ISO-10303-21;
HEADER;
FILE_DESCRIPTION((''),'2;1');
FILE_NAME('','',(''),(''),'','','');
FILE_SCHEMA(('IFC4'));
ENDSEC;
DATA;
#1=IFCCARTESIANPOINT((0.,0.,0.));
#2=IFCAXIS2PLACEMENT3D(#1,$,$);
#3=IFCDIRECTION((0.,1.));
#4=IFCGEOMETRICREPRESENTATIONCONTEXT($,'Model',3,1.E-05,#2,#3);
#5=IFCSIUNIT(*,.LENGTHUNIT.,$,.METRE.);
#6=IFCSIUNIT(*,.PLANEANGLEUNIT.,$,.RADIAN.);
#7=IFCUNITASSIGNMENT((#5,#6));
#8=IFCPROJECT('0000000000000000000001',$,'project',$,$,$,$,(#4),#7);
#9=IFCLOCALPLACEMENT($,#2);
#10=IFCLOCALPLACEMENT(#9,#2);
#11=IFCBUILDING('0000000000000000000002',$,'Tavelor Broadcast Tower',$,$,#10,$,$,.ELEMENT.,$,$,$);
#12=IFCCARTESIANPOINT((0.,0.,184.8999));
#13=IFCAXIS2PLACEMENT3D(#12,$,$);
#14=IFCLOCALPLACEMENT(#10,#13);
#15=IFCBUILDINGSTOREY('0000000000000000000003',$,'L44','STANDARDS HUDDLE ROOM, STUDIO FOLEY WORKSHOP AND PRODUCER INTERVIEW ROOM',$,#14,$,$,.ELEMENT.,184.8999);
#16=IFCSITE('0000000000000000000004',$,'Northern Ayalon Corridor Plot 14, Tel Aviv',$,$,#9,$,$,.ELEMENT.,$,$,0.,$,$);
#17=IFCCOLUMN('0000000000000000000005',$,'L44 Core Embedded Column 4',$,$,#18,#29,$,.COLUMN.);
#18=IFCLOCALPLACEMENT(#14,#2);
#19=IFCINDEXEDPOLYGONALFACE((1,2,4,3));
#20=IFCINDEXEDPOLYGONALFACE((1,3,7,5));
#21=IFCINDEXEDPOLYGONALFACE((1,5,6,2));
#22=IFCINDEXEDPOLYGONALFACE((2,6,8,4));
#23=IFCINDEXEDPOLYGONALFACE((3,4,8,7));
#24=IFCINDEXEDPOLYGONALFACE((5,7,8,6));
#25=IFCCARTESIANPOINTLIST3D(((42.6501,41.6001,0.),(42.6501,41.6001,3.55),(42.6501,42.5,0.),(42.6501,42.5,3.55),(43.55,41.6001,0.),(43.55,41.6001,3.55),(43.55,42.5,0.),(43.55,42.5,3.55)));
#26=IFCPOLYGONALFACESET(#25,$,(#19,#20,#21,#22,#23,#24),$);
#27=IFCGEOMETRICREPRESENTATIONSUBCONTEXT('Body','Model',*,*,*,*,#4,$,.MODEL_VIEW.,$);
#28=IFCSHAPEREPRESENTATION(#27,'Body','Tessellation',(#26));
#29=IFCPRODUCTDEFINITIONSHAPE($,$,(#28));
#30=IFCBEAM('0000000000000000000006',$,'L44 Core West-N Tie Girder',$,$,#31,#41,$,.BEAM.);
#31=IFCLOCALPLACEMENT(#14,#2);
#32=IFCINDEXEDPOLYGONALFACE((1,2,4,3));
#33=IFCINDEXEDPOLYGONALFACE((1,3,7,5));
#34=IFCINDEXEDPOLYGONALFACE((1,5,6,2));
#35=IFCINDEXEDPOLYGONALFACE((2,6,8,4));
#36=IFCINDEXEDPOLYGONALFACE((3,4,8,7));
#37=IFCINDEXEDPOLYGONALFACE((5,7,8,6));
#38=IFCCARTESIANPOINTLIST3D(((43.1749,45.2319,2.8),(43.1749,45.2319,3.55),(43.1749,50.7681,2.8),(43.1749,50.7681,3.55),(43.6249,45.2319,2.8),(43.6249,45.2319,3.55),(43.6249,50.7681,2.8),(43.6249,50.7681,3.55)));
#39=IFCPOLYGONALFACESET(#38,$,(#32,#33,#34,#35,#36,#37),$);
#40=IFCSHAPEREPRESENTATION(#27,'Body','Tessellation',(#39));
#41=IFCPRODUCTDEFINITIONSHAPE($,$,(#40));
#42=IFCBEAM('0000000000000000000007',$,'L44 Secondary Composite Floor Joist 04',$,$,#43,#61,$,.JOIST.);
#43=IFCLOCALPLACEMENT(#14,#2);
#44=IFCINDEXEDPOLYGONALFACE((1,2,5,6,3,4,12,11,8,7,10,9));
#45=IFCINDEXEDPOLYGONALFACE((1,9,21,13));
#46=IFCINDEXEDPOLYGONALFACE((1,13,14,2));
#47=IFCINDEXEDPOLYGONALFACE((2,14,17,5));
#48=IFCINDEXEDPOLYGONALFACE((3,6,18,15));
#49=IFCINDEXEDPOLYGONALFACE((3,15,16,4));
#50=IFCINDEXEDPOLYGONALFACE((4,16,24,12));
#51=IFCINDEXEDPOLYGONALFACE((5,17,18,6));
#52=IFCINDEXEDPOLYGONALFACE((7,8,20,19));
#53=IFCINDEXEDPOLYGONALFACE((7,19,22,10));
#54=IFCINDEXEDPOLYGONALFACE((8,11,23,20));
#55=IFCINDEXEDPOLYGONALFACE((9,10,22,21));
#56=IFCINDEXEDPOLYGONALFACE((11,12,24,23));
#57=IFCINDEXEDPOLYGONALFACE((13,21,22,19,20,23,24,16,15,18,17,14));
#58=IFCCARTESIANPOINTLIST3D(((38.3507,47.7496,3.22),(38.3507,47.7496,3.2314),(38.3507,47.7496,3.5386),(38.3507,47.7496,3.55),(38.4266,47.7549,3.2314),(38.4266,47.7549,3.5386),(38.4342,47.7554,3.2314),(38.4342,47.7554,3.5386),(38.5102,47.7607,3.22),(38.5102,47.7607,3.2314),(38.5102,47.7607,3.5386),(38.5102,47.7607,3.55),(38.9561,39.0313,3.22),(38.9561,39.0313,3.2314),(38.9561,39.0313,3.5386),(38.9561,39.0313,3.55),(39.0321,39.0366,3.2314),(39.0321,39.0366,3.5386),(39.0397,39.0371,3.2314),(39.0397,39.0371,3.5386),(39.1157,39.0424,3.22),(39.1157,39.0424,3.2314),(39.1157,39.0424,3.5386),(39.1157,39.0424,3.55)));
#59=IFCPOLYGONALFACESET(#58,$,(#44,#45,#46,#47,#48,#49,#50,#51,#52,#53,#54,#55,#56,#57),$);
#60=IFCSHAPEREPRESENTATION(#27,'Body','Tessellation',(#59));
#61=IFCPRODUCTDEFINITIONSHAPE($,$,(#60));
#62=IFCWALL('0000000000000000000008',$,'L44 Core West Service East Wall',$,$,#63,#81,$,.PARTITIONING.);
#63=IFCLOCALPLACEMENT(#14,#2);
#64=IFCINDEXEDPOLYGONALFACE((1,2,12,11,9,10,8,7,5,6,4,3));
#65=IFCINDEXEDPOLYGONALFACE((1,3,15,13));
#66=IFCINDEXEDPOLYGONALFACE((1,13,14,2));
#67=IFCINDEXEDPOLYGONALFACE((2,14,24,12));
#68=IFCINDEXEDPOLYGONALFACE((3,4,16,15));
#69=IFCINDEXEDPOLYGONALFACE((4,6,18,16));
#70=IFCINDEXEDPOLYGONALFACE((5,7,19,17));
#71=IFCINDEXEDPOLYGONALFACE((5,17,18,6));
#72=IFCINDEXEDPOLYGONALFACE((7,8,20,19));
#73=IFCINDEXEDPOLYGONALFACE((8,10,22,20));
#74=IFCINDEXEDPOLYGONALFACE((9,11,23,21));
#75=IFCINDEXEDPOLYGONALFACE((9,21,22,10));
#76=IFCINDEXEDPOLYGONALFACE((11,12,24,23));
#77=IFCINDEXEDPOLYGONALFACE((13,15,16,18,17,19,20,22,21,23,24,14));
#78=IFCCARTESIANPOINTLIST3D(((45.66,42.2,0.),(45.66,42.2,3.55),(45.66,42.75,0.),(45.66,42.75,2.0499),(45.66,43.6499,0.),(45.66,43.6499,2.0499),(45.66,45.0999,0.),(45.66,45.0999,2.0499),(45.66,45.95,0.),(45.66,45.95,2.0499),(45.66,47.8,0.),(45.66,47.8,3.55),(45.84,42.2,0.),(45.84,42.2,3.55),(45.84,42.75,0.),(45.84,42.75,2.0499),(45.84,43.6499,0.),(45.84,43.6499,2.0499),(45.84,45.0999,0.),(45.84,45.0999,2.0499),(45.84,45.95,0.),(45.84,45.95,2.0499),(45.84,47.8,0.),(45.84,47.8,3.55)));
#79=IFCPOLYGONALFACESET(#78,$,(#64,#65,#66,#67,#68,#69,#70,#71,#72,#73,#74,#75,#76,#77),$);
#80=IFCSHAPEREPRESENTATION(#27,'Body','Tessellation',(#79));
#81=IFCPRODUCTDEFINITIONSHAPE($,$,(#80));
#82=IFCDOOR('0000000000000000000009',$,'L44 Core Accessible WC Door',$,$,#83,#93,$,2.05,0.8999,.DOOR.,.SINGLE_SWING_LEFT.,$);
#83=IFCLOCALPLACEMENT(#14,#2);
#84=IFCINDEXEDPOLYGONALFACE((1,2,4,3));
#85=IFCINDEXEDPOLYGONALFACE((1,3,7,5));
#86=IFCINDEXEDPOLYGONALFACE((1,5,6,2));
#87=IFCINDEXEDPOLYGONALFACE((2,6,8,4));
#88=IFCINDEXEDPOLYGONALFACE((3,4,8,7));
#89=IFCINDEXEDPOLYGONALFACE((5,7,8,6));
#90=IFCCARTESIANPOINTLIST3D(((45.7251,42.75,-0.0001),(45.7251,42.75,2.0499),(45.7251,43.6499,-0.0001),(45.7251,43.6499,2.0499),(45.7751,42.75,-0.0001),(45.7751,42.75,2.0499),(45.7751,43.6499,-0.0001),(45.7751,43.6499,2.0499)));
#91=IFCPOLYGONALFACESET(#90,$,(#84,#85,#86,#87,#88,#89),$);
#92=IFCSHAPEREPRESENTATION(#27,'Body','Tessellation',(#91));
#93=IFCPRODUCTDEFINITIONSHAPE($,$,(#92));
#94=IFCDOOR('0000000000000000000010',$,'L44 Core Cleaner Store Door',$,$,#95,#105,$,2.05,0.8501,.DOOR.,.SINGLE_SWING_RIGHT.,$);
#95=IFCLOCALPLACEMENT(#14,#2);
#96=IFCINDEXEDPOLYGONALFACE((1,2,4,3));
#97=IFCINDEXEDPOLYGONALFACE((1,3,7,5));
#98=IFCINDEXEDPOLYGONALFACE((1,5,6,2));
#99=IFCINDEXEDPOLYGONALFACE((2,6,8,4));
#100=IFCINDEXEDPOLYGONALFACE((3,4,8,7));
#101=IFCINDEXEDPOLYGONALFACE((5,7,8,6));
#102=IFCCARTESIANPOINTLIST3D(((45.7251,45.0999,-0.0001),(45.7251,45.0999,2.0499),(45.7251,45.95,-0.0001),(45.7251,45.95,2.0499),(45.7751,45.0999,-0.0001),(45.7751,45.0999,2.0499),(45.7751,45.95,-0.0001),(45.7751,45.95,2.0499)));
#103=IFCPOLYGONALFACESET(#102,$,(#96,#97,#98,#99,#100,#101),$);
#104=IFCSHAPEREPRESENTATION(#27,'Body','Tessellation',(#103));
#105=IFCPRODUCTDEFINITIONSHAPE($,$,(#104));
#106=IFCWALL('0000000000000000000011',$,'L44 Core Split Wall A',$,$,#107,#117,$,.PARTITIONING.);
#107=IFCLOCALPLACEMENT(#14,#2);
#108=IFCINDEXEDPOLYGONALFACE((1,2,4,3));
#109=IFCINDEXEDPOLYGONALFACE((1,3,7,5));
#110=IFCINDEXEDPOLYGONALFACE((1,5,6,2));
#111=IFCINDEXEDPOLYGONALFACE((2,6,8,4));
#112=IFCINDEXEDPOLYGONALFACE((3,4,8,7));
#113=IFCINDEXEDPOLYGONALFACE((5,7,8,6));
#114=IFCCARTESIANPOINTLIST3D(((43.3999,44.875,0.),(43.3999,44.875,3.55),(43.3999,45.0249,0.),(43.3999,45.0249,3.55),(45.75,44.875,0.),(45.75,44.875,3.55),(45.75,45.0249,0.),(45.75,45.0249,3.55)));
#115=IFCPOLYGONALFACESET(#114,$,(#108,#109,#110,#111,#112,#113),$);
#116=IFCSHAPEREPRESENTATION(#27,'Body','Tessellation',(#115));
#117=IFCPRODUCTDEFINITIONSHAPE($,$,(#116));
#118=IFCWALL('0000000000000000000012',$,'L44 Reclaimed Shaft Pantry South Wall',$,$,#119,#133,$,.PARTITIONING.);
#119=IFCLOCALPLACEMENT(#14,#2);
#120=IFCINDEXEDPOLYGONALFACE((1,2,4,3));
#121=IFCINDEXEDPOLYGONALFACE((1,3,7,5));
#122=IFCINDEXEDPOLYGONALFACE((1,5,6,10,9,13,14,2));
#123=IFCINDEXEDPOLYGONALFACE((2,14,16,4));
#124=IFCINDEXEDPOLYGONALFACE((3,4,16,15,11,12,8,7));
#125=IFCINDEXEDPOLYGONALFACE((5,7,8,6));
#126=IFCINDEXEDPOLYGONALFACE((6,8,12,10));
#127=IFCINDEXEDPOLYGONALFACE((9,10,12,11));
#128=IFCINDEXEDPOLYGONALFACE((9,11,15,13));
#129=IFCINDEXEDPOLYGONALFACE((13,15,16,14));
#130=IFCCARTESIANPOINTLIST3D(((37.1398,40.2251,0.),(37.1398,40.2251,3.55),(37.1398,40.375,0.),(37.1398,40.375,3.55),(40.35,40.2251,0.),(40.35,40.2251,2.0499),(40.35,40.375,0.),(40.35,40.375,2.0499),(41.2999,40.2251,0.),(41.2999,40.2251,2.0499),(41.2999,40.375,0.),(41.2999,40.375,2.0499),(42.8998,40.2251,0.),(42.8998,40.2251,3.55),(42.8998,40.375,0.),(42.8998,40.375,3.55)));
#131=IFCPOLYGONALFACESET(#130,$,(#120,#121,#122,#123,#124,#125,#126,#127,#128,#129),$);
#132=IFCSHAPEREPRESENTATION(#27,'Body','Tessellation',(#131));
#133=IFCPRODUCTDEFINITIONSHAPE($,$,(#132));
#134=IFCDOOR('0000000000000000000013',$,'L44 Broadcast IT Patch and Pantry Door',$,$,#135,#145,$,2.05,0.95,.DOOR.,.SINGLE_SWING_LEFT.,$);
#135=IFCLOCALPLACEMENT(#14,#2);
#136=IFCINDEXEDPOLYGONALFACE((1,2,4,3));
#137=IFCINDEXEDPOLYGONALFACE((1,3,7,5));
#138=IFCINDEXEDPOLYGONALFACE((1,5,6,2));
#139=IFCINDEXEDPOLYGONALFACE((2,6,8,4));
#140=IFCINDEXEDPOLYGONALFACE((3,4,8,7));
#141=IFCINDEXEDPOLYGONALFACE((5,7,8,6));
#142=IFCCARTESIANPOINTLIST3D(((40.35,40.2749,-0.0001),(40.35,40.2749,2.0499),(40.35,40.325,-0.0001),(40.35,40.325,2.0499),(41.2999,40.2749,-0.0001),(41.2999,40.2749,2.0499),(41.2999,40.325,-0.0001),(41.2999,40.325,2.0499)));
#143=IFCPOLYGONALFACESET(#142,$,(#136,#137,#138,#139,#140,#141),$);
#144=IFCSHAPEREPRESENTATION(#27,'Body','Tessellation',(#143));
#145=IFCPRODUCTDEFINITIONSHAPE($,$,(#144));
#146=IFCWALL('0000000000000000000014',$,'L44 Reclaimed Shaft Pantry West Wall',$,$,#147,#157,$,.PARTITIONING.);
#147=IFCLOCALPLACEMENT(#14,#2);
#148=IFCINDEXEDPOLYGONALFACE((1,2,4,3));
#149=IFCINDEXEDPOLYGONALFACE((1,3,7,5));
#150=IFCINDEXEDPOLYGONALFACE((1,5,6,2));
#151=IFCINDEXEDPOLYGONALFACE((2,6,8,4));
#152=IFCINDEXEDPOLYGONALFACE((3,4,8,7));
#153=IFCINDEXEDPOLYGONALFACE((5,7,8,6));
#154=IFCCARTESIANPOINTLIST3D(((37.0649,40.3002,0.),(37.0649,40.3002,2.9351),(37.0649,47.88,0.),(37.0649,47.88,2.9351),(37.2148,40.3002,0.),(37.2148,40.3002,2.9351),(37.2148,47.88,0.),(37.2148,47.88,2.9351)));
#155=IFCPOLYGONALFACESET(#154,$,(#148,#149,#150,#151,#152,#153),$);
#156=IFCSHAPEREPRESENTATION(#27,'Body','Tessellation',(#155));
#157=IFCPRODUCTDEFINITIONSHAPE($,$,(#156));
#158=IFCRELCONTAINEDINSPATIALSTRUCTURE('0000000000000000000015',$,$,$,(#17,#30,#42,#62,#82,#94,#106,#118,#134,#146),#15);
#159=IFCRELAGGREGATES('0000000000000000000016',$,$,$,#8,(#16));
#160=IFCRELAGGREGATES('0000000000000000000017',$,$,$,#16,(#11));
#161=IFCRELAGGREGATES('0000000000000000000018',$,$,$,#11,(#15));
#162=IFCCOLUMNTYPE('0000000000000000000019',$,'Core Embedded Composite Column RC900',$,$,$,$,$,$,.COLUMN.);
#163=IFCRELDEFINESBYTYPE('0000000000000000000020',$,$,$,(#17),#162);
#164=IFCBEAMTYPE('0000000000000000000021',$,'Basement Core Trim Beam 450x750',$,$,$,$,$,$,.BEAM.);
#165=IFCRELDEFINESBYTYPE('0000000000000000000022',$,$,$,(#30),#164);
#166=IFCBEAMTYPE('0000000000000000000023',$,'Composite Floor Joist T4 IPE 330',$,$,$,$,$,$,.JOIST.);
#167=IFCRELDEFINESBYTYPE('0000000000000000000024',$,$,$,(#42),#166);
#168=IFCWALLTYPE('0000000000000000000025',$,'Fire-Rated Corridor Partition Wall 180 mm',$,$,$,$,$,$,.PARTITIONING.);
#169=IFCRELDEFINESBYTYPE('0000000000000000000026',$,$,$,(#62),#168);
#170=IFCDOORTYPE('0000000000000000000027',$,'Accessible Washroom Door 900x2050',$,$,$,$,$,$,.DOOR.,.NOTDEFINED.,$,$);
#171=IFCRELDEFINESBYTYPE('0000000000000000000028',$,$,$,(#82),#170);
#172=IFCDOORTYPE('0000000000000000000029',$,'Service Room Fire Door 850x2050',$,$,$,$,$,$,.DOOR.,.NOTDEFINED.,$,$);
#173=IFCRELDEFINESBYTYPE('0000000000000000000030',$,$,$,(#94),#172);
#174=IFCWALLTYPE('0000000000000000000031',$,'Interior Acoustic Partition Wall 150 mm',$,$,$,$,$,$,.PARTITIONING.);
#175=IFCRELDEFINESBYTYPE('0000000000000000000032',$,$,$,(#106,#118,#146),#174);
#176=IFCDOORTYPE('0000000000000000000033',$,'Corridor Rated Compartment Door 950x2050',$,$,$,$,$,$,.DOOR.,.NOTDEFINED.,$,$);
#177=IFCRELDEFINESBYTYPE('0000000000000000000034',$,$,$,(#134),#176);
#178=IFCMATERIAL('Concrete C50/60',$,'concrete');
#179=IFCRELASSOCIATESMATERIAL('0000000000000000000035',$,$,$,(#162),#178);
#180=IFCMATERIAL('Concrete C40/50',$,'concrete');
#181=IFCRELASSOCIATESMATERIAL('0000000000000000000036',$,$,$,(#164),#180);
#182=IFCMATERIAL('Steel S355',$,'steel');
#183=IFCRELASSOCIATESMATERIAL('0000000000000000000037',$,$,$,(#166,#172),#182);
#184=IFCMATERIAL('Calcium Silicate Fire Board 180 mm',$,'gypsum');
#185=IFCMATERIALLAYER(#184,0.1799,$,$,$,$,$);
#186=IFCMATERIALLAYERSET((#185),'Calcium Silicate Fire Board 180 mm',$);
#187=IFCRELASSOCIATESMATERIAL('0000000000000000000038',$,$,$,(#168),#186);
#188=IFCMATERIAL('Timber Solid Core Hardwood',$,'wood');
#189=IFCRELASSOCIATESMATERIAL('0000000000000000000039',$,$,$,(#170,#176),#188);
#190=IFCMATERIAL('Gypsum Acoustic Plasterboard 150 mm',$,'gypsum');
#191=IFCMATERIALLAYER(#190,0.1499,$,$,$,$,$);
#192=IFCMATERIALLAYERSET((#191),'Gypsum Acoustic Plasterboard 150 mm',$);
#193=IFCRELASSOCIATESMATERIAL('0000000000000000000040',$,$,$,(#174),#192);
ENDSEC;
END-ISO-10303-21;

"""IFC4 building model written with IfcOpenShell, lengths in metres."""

from ifc_helpers import new_model, si_unit, direction, frame, frame_2d, origin, origin_2d, place, context, subcontext, project, spatial, rectangle, i_section, extrude, material, layer, layer_set, material_profile, profile_set, type_object, element, fill, save


model = new_model("IFC4")

# Units and contexts
model_context = context("Model", 3, precision=1e-05, world=origin(), true_north=direction((0.0, 1.0)))
body_context = subcontext(model_context, "Body", "Model", "MODEL_VIEW")
ifc_project = project(units=[si_unit("LENGTHUNIT", "METRE"), si_unit("PLANEANGLEUNIT", "RADIAN")], contexts=[model_context])

# Site, building, storey
site_placement = place(None, origin())
site = spatial("IfcSite", under=ifc_project, at=site_placement, Name="Northern Ayalon Corridor Plot 14, Tel Aviv", CompositionType="ELEMENT", RefElevation=0.0)
building_placement = place(site_placement, origin())
building = spatial("IfcBuilding", under=site, at=building_placement, Name="Tavelor Broadcast Tower", CompositionType="ELEMENT")
storey_placement = place(building_placement, frame((0.0, 0.0, 184.8999)))
storey = spatial("IfcBuildingStorey", under=building, at=storey_placement, Name="L44", Description="STANDARDS HUDDLE ROOM, STUDIO FOLEY WORKSHOP AND PRODUCER INTERVIEW ROOM", CompositionType="ELEMENT", Elevation=184.8999)

# Column
ifc_material_1 = material(Name="Concrete C50/60", Category="concrete")
ifc_material_profile_1 = material_profile(ifc_material_1, rectangle(XDim=0.8999, YDim=0.8999, at=origin_2d()), Name="RC 900x900")
ifc_profile_set_1 = profile_set([ifc_material_profile_1], Name="Concrete C50/60")
column_type = type_object("IfcColumnType", Name="Core Embedded Composite Column RC900", PredefinedType="COLUMN", material=ifc_profile_set_1)
column_placement = place(storey_placement, frame((43.1001, 42.05, 0.0), z_axis=(0.0, 0.0, 1.0), x_axis=(1.0, 0.0, 0.0)))
element("IfcColumn", 1, at=column_placement, inside=storey, type_object=column_type, Name="L44 Core Embedded Column 4", PredefinedType="COLUMN", context=body_context, shape_type="SweptSolid", body=[
    extrude(rectangle(XDim=0.8999, YDim=0.8999, at=origin_2d()), origin(), (0.0, 0.0, 1.0), 3.55),
])

# Beams
ifc_material_2 = material(Name="Concrete C40/50", Category="concrete")
ifc_material_profile_2 = material_profile(ifc_material_2, rectangle(XDim=0.45, YDim=0.75, at=origin_2d()), Name="RC 450x750")
ifc_profile_set_2 = profile_set([ifc_material_profile_2], Name="Concrete C40/50")
beam_type_1 = type_object("IfcBeamType", Name="Basement Core Trim Beam 450x750", PredefinedType="BEAM", material=ifc_profile_set_2)
beam_1_placement = place(storey_placement, frame((43.3999, 45.2319, 3.175), z_axis=(0.0, 1.0, 0.0), x_axis=(-1.0, 0.0, 0.0)))
element("IfcBeam", 2, at=beam_1_placement, inside=storey, type_object=beam_type_1, Name="L44 Core West-N Tie Girder", PredefinedType="BEAM", context=body_context, shape_type="SweptSolid", body=[
    extrude(rectangle(XDim=0.45, YDim=0.75, at=origin_2d()), origin(), (0.0, 0.0, 1.0), 5.5361),
])
ifc_material_3 = material(Name="Steel S355", Category="steel")
ifc_material_profile_3 = material_profile(ifc_material_3, i_section(OverallWidth=0.1599, OverallDepth=0.3301, WebThickness=0.0076, FlangeThickness=0.0115, at=origin_2d()), Name="IPE 330")
ifc_profile_set_3 = profile_set([ifc_material_profile_3], Name="Steel S355")
beam_type_2 = type_object("IfcBeamType", Name="Composite Floor Joist T4 IPE 330", PredefinedType="JOIST", material=ifc_profile_set_3)
beam_2_placement = place(storey_placement, frame((38.4304, 47.7551, 3.385), z_axis=(0.069281, -0.997597, 0.0), x_axis=(0.997597, 0.069281, 0.0)))
element("IfcBeam", 3, at=beam_2_placement, inside=storey, type_object=beam_type_2, Name="L44 Secondary Composite Floor Joist 04", PredefinedType="JOIST", context=body_context, shape_type="SweptSolid", body=[
    extrude(i_section(OverallWidth=0.1599, OverallDepth=0.3301, WebThickness=0.0076, FlangeThickness=0.0115, at=origin_2d()), origin(), (0.0, 0.0, 1.0), 8.7393),
])

# Wall, openings, doors
ifc_material_4 = material(Name="Calcium Silicate Fire Board 180 mm", Category="gypsum")
ifc_layer_1 = layer(ifc_material_4, 0.1799)
ifc_layer_set_1 = layer_set([ifc_layer_1], Name="Calcium Silicate Fire Board 180 mm")
wall_type_1 = type_object("IfcWallType", Name="Fire-Rated Corridor Partition Wall 180 mm", PredefinedType="PARTITIONING", material=ifc_layer_set_1)
wall_1_placement = place(storey_placement, frame((45.75, 42.2, 0.0), z_axis=(0.0, 0.0, 1.0), x_axis=(0.0, 1.0, 0.0)))
wall_1 = element("IfcWall", 4, at=wall_1_placement, inside=storey, type_object=wall_type_1, Name="L44 Core West Service East Wall", PredefinedType="PARTITIONING", context=body_context, shape_type="SweptSolid", body=[
    extrude(rectangle(XDim=5.6001, YDim=0.1799, at=frame_2d((2.8, 0.0))), origin(), (0.0, 0.0, 1.0), 3.55),
])
opening_1_placement = place(wall_1_placement, frame((0.55, 0.0, 0.0)))
opening_1 = element("IfcOpeningElement", 5, at=opening_1_placement, cuts=wall_1, PredefinedType="OPENING", context=body_context, shape_type="SweptSolid", body=[
    extrude(rectangle(XDim=0.8999, YDim=2.05, at=frame_2d((0.45, 1.0249))), frame((0.0, 0.1001, 0.0), z_axis=(0.0, -1.0, 0.0), x_axis=(1.0, 0.0, 0.0)), (0.0, 0.0, 1.0), 0.2),
])
opening_2_placement = place(wall_1_placement, frame((2.8999, 0.0, 0.0)))
opening_2 = element("IfcOpeningElement", 6, at=opening_2_placement, cuts=wall_1, PredefinedType="OPENING", context=body_context, shape_type="SweptSolid", body=[
    extrude(rectangle(XDim=0.8501, YDim=2.05, at=frame_2d((0.425, 1.0249))), frame((0.0, 0.1001, 0.0), z_axis=(0.0, -1.0, 0.0), x_axis=(1.0, 0.0, 0.0)), (0.0, 0.0, 1.0), 0.2),
])
ifc_material_5 = material(Name="Timber Solid Core Hardwood", Category="wood")
door_type_1 = type_object("IfcDoorType", Name="Accessible Washroom Door 900x2050", OperationType="NOTDEFINED", PredefinedType="DOOR", material=ifc_material_5)
door_1_placement = place(opening_1_placement, origin())
door_1 = element("IfcDoor", 7, at=door_1_placement, inside=storey, type_object=door_type_1, Name="L44 Core Accessible WC Door", OperationType="SINGLE_SWING_LEFT", OverallHeight=2.05, OverallWidth=0.8999, PredefinedType="DOOR", context=body_context, shape_type="SweptSolid", body=[
    extrude(rectangle(XDim=0.8999, YDim=2.05, at=frame_2d((0.45, 1.0249))), frame((0.0, 0.0249, 0.0), z_axis=(0.0, -1.0, 0.0), x_axis=(1.0, 0.0, 0.0)), (0.0, 0.0, 1.0), 0.05),
])
fill(opening_1, door_1)
door_type_2 = type_object("IfcDoorType", Name="Service Room Fire Door 850x2050", OperationType="NOTDEFINED", PredefinedType="DOOR", material=ifc_material_3)
door_2_placement = place(opening_2_placement, origin())
door_2 = element("IfcDoor", 8, at=door_2_placement, inside=storey, type_object=door_type_2, Name="L44 Core Cleaner Store Door", OperationType="SINGLE_SWING_RIGHT", OverallHeight=2.05, OverallWidth=0.8501, PredefinedType="DOOR", context=body_context, shape_type="SweptSolid", body=[
    extrude(rectangle(XDim=0.8501, YDim=2.05, at=frame_2d((0.425, 1.0249))), frame((0.0, 0.0249, 0.0), z_axis=(0.0, -1.0, 0.0), x_axis=(1.0, 0.0, 0.0)), (0.0, 0.0, 1.0), 0.05),
])
fill(opening_2, door_2)

# Wall
ifc_material_6 = material(Name="Gypsum Acoustic Plasterboard 150 mm", Category="gypsum")
ifc_layer_2 = layer(ifc_material_6, 0.1499)
ifc_layer_set_2 = layer_set([ifc_layer_2], Name="Gypsum Acoustic Plasterboard 150 mm")
wall_type_2 = type_object("IfcWallType", Name="Interior Acoustic Partition Wall 150 mm", PredefinedType="PARTITIONING", material=ifc_layer_set_2)
wall_2_placement = place(storey_placement, frame((43.3999, 44.95, 0.0), z_axis=(0.0, 0.0, 1.0), x_axis=(1.0, 0.0, 0.0)))
element("IfcWall", 9, at=wall_2_placement, inside=storey, type_object=wall_type_2, Name="L44 Core Split Wall A", PredefinedType="PARTITIONING", context=body_context, shape_type="SweptSolid", body=[
    extrude(rectangle(XDim=2.3501, YDim=0.1499, at=frame_2d((1.175, 0.0))), origin(), (0.0, 0.0, 1.0), 3.55),
])

# Wall, opening, door
wall_3_placement = place(storey_placement, frame((37.1399, 40.3, 0.0), z_axis=(0.0, 0.0, 1.0), x_axis=(1.0, 0.0, 0.0)))
wall_3 = element("IfcWall", 10, at=wall_3_placement, inside=storey, type_object=wall_type_2, Name="L44 Reclaimed Shaft Pantry South Wall", PredefinedType="PARTITIONING", context=body_context, shape_type="SweptSolid", body=[
    extrude(rectangle(XDim=5.76, YDim=0.1499, at=frame_2d((2.8799, 0.0))), origin(), (0.0, 0.0, 1.0), 3.55),
])
opening_3_placement = place(wall_3_placement, frame((3.21, 0.0, 0.0)))
opening_3 = element("IfcOpeningElement", 11, at=opening_3_placement, cuts=wall_3, PredefinedType="OPENING", context=body_context, shape_type="SweptSolid", body=[
    extrude(rectangle(XDim=0.95, YDim=2.05, at=frame_2d((0.4751, 1.0249))), frame((0.0, 0.085, 0.0), z_axis=(0.0, -1.0, 0.0), x_axis=(1.0, 0.0, 0.0)), (0.0, 0.0, 1.0), 0.1699),
])
door_type_3 = type_object("IfcDoorType", Name="Corridor Rated Compartment Door 950x2050", OperationType="NOTDEFINED", PredefinedType="DOOR", material=ifc_material_5)
door_3_placement = place(opening_3_placement, origin())
door_3 = element("IfcDoor", 12, at=door_3_placement, inside=storey, type_object=door_type_3, Name="L44 Broadcast IT Patch and Pantry Door", OperationType="SINGLE_SWING_LEFT", OverallHeight=2.05, OverallWidth=0.95, PredefinedType="DOOR", context=body_context, shape_type="SweptSolid", body=[
    extrude(rectangle(XDim=0.95, YDim=2.05, at=frame_2d((0.4751, 1.0249))), frame((0.0, 0.0249, 0.0), z_axis=(0.0, -1.0, 0.0), x_axis=(1.0, 0.0, 0.0)), (0.0, 0.0, 1.0), 0.05),
])
fill(opening_3, door_3)

# Wall
wall_4_placement = place(storey_placement, frame((37.1399, 40.3, 0.0), z_axis=(0.0, 0.0, 1.0), x_axis=(0.0, 1.0, 0.0)))
element("IfcWall", 13, at=wall_4_placement, inside=storey, type_object=wall_type_2, Name="L44 Reclaimed Shaft Pantry West Wall", PredefinedType="PARTITIONING", context=body_context, shape_type="SweptSolid", body=[
    extrude(rectangle(XDim=7.5798, YDim=0.1499, at=frame_2d((3.79, 0.0))), origin(), (0.0, 0.0, 1.0), 2.9351),
])

save(model, "model.ifc")
